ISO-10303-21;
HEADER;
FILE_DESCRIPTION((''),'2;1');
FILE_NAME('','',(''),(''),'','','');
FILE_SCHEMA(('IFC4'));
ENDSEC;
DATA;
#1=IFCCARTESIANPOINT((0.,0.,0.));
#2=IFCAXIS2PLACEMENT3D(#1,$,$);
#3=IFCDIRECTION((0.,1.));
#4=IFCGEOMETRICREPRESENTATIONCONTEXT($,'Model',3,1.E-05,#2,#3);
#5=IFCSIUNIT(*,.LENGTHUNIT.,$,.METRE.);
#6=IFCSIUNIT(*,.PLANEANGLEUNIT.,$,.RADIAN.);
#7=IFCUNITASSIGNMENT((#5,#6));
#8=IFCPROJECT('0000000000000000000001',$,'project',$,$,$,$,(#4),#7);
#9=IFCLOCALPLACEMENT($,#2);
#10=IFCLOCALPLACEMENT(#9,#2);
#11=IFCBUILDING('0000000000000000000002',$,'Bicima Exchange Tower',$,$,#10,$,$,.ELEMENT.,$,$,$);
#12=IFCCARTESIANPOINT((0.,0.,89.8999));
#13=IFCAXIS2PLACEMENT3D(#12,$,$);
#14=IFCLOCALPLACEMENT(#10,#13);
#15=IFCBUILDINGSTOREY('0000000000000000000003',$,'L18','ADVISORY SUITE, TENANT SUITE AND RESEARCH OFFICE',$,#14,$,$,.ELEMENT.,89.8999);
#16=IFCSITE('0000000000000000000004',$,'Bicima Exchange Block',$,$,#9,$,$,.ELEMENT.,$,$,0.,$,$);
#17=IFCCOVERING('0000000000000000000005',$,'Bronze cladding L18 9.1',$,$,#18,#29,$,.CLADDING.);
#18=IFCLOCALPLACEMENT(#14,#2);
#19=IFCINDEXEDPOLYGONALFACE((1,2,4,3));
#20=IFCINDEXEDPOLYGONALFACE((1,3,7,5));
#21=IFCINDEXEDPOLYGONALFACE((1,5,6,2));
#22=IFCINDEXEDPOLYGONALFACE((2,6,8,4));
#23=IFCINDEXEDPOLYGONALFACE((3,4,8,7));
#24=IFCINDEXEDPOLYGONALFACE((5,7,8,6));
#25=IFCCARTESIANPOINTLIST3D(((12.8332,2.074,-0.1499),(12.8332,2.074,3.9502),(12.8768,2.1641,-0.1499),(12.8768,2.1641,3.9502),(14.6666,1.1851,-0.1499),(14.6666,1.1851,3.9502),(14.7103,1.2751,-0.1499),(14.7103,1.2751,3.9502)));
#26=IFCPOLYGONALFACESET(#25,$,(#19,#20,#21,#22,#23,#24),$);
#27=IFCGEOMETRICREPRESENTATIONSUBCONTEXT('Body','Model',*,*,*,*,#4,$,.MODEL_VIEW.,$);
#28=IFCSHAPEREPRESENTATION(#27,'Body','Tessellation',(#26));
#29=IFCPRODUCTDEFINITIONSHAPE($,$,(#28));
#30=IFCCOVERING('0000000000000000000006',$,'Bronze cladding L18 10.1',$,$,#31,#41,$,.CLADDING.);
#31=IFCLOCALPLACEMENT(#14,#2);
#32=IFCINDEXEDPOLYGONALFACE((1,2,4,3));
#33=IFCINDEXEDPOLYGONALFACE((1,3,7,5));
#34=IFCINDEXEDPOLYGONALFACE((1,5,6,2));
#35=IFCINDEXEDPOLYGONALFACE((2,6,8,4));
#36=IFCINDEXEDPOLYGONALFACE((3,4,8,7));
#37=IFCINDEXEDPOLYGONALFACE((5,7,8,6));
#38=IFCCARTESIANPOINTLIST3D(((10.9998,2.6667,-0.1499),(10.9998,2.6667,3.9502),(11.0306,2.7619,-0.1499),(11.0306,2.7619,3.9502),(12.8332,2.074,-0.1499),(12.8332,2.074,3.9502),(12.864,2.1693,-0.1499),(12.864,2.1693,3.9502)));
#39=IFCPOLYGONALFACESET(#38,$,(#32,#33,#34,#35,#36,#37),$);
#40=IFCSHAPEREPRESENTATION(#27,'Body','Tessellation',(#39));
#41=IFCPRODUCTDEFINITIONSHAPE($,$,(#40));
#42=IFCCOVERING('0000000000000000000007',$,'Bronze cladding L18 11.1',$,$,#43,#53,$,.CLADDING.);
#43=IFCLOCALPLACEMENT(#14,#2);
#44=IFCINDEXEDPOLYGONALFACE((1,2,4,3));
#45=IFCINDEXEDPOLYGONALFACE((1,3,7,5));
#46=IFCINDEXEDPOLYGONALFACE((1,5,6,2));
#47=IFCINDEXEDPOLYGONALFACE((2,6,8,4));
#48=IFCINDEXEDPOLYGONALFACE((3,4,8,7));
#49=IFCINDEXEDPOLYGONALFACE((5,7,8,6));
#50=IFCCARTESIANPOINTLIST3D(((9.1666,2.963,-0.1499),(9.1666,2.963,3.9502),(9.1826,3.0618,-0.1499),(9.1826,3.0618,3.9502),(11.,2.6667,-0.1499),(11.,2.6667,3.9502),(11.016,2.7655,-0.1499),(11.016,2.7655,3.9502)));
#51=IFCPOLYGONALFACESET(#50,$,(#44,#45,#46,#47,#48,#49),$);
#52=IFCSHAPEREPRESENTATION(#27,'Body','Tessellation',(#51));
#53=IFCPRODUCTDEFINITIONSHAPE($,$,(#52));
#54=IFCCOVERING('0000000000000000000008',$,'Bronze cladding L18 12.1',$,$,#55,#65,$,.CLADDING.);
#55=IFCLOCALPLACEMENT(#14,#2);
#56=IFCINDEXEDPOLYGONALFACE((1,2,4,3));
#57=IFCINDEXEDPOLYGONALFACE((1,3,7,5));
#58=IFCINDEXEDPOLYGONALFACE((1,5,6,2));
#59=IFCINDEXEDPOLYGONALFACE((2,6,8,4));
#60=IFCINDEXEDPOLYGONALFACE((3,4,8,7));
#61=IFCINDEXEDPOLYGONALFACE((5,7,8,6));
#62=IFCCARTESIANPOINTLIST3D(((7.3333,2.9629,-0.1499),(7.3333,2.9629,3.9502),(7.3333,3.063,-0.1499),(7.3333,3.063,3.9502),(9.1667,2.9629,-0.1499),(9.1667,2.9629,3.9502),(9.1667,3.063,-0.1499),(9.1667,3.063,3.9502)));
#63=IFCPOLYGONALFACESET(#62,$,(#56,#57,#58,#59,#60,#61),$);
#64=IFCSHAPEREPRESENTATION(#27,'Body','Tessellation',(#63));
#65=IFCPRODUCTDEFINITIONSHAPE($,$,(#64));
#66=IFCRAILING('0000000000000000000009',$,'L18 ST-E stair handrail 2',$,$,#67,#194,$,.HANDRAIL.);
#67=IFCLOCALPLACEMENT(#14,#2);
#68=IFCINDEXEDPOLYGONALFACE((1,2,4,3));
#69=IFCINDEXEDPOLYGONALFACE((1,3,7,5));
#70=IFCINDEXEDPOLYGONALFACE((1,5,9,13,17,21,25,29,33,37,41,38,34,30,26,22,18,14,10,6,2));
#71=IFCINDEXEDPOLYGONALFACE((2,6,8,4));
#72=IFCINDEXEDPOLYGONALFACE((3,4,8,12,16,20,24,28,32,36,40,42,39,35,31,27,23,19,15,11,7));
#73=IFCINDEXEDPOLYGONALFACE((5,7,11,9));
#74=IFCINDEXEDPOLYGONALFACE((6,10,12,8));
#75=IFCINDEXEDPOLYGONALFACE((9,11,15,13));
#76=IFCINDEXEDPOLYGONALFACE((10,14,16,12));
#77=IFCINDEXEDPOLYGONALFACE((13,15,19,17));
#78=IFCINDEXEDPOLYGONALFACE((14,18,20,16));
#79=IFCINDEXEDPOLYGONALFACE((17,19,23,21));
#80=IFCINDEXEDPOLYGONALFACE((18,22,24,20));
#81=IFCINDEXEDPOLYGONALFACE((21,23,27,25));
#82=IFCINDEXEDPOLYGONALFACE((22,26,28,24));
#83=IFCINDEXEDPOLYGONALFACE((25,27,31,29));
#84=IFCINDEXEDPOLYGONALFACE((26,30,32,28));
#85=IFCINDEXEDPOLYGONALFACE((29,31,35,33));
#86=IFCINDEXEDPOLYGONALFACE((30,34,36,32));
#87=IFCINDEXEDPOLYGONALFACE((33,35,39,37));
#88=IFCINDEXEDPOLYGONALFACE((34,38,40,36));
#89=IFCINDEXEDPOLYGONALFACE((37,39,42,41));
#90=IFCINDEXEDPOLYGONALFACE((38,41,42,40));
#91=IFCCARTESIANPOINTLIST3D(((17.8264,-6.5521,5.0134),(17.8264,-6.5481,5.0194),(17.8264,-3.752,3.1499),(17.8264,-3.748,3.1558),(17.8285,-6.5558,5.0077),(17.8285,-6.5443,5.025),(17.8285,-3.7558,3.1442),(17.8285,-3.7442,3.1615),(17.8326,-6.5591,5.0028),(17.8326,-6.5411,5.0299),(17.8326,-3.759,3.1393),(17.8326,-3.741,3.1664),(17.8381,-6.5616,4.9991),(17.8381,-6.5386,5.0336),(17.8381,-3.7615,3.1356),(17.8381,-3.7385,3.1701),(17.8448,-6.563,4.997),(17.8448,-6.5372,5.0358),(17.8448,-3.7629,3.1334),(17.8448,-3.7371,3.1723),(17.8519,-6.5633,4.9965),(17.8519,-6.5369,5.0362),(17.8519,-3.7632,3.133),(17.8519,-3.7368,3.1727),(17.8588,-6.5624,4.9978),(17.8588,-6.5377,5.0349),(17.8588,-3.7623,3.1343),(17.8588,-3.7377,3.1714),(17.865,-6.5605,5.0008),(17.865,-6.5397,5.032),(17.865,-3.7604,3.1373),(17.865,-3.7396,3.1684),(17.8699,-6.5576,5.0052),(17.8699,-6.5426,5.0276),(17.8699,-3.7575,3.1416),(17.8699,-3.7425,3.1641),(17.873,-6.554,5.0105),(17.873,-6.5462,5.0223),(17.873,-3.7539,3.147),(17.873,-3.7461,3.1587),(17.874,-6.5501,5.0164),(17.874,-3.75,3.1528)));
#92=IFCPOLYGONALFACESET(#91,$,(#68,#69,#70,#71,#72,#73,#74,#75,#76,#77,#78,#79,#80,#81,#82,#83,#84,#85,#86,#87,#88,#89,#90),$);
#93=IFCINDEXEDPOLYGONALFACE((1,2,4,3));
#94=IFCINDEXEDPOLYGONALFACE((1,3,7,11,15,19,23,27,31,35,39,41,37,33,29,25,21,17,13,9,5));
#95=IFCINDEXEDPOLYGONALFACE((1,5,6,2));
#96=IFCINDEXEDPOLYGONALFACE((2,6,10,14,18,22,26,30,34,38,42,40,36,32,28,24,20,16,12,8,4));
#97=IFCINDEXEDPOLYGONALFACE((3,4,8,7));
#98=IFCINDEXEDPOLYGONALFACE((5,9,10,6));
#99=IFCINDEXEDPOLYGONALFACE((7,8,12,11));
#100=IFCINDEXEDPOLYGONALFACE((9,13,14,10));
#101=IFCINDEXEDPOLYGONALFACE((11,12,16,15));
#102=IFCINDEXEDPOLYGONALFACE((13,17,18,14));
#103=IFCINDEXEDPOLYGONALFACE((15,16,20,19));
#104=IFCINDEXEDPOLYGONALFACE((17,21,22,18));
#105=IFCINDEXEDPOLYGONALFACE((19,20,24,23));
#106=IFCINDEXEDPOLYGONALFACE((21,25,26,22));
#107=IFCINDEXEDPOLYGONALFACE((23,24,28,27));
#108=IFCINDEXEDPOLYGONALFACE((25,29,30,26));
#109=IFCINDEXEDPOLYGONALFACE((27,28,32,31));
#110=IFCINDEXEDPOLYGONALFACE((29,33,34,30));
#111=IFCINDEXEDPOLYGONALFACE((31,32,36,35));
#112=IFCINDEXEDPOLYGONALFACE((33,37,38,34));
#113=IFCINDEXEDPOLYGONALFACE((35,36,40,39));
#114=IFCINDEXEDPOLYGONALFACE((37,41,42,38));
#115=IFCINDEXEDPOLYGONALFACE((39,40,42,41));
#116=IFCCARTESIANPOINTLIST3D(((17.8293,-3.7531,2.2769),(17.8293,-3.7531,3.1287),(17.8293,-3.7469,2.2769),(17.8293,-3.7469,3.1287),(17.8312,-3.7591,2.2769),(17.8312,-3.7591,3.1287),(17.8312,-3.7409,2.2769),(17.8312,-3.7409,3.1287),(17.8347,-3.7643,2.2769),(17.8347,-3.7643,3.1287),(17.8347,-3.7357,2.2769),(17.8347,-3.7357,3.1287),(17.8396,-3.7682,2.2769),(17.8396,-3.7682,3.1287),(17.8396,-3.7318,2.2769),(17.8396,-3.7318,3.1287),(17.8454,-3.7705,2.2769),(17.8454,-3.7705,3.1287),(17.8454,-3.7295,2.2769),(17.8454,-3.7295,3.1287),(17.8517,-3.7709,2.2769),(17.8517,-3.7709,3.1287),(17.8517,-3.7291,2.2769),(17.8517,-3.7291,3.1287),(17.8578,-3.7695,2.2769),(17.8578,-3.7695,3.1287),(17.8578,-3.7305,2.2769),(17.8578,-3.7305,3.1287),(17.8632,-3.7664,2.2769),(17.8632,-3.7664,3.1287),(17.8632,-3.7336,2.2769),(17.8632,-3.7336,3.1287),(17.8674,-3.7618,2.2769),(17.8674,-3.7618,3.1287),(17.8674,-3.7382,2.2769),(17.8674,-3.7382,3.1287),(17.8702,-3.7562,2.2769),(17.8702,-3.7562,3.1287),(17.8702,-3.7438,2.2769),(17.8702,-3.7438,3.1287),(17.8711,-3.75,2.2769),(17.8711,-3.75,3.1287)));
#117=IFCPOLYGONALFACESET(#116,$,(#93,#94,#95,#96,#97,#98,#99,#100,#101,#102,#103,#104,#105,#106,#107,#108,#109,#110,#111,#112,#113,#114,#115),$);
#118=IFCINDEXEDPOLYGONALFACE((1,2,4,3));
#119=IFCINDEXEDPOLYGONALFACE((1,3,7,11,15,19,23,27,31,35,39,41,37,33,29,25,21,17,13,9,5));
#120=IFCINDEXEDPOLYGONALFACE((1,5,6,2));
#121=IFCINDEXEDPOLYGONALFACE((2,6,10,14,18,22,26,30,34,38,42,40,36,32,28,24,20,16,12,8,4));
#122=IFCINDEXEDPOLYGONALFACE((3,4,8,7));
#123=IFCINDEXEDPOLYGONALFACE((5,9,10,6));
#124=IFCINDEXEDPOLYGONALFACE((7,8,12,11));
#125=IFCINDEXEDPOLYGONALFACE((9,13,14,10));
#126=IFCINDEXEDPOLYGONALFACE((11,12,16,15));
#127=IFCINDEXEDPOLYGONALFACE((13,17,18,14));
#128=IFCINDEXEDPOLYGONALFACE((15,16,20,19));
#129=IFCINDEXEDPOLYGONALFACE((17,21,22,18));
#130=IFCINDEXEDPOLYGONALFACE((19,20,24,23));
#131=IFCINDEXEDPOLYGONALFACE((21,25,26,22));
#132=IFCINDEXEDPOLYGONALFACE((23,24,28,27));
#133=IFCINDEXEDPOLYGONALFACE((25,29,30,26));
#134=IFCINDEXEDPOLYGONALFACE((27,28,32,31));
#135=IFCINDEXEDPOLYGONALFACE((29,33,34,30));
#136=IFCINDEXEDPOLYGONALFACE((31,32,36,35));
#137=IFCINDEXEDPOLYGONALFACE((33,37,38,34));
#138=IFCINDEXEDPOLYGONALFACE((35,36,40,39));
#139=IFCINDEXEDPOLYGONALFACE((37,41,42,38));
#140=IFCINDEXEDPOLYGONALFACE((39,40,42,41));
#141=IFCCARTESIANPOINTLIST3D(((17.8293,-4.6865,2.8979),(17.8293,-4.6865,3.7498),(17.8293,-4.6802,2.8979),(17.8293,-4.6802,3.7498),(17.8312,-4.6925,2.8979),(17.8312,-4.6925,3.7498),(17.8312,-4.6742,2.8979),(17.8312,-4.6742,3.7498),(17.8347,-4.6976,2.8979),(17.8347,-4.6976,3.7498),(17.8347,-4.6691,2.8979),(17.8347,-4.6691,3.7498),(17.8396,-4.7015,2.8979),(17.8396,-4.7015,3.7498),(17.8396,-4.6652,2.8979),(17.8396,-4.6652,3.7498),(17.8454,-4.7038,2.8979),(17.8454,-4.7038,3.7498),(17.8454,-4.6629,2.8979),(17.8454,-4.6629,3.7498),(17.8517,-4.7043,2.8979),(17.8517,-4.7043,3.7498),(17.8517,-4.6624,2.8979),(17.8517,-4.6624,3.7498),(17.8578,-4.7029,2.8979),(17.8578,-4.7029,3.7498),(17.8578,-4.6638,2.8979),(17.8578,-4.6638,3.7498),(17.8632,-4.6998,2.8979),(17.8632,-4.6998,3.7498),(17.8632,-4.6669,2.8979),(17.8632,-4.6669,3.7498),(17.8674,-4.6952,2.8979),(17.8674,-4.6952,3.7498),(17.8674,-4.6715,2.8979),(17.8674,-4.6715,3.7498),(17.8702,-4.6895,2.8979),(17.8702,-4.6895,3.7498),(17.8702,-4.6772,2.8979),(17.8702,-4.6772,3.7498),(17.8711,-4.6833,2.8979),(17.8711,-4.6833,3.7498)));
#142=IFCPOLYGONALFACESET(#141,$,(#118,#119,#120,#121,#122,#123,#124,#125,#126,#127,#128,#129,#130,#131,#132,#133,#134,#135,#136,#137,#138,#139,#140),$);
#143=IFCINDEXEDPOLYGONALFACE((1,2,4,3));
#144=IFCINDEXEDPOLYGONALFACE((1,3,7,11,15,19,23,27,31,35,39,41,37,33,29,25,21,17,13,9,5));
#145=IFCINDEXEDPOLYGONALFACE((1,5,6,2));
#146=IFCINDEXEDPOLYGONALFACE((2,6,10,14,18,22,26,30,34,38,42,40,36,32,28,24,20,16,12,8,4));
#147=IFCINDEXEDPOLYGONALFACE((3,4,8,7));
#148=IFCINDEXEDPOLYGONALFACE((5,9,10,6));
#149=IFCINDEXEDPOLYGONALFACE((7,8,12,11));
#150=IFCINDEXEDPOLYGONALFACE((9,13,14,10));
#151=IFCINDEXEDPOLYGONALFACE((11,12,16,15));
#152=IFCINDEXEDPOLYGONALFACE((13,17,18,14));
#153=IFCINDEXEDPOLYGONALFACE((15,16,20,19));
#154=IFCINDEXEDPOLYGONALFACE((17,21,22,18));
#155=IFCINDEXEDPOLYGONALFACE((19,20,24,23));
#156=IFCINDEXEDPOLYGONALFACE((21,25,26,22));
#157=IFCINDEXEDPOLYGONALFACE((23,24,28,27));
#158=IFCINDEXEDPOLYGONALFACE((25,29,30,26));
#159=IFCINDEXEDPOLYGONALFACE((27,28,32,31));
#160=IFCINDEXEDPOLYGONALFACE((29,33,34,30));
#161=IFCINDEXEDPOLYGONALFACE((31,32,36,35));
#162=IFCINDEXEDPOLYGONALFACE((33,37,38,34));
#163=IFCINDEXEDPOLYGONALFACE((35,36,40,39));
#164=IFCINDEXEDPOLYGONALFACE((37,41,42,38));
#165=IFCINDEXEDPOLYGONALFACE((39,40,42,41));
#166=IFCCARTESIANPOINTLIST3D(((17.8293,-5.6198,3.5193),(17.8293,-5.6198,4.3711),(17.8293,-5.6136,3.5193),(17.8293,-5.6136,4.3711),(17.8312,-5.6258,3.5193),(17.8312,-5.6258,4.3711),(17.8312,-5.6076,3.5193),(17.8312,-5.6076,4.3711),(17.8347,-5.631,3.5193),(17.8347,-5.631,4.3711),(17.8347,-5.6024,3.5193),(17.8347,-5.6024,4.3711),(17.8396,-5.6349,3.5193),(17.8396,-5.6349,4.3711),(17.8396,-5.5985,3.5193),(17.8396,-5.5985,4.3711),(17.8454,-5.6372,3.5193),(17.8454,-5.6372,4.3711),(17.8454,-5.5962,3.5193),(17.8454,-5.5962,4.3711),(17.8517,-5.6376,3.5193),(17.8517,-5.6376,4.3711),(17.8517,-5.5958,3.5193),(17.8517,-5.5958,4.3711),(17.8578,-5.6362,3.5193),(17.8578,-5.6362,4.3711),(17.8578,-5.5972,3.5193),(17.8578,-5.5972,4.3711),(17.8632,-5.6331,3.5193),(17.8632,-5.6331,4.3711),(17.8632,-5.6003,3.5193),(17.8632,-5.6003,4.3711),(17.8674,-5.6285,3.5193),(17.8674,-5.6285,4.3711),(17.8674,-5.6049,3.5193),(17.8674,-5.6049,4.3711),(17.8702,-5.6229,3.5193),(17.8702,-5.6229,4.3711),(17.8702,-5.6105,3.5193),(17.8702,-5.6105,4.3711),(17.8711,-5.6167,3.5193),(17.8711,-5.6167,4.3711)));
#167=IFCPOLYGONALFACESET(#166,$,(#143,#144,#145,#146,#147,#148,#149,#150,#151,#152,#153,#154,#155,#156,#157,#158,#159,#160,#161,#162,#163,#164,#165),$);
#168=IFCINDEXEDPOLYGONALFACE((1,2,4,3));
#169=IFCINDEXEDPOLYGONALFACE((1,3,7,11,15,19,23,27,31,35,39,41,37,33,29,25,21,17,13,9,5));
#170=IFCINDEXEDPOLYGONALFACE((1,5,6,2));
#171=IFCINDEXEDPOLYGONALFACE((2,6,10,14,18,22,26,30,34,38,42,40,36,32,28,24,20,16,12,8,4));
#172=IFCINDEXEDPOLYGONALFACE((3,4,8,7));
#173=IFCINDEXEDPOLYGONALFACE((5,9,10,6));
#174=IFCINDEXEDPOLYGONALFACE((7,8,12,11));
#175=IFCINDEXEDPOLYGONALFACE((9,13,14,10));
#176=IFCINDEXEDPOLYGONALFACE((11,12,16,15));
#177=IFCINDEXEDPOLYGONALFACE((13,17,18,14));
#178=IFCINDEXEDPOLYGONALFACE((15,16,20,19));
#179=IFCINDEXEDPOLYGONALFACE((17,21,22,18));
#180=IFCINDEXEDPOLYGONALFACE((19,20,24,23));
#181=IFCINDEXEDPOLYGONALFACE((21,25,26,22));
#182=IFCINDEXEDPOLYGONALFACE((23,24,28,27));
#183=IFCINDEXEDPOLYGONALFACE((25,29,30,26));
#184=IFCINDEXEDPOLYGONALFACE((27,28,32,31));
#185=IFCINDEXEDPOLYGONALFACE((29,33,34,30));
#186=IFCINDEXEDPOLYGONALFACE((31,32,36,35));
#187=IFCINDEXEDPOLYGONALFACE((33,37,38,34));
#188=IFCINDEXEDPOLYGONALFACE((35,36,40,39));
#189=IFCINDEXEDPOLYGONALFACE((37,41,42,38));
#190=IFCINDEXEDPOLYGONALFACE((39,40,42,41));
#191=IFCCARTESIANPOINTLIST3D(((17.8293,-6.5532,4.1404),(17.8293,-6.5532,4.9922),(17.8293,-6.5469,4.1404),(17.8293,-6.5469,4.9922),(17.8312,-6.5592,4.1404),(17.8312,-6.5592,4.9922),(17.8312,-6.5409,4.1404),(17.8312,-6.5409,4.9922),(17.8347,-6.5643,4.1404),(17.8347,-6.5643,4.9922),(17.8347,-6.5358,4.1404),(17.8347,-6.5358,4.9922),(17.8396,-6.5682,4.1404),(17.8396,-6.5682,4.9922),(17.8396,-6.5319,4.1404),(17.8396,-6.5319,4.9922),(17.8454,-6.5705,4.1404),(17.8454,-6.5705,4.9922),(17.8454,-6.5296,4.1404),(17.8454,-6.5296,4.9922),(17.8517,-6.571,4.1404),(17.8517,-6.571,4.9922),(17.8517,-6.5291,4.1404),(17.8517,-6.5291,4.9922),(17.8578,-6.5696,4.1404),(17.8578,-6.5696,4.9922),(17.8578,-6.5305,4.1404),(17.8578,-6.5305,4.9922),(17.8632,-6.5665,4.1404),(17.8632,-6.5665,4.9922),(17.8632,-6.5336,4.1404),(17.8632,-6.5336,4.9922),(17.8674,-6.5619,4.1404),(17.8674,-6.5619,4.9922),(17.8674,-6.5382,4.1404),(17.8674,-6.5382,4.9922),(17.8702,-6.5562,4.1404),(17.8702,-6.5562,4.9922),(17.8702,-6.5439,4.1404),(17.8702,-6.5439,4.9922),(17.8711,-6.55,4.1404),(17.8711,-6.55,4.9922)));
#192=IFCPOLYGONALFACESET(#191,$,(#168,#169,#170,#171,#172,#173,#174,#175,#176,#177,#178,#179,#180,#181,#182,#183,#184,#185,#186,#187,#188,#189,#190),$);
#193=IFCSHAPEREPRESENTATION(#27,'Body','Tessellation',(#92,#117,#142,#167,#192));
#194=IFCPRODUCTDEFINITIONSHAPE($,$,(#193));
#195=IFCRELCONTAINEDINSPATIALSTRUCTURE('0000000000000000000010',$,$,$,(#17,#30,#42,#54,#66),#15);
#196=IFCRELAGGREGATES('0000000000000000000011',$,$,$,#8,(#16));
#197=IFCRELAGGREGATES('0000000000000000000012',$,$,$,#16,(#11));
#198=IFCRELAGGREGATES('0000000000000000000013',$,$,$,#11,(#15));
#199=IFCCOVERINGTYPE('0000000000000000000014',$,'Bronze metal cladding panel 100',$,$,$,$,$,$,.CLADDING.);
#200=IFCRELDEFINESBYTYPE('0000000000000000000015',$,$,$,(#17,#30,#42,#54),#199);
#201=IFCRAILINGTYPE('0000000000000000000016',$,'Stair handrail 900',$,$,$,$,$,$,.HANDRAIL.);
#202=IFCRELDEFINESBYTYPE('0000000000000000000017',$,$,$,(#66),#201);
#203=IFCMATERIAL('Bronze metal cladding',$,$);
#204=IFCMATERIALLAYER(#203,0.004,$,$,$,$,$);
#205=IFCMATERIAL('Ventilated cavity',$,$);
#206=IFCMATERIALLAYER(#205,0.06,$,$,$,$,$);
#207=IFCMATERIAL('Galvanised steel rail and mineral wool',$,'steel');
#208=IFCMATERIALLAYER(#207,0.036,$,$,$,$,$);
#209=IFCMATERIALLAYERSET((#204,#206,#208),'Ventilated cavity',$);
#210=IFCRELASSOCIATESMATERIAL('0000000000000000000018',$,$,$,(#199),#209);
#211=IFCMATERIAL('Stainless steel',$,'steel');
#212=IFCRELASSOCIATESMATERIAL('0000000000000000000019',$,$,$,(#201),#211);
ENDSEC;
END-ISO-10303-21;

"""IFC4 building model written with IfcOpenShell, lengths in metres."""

from ifc_helpers import new_model, si_unit, direction, frame, origin, origin_2d, place, context, subcontext, project, spatial, rectangle, circle, extrude, material, layer, layer_set, type_object, element, save


model = new_model("IFC4")

# Units and contexts
model_context = context("Model", 3, precision=1e-05, world=origin(), true_north=direction((0.0, 1.0)))
body_context = subcontext(model_context, "Body", "Model", "MODEL_VIEW")
ifc_project = project(units=[si_unit("LENGTHUNIT", "METRE"), si_unit("PLANEANGLEUNIT", "RADIAN")], contexts=[model_context])

# Site, building, storey
site_placement = place(None, origin())
site = spatial("IfcSite", under=ifc_project, at=site_placement, Name="Bicima Exchange Block", CompositionType="ELEMENT", RefElevation=0.0)
building_placement = place(site_placement, origin())
building = spatial("IfcBuilding", under=site, at=building_placement, Name="Bicima Exchange Tower", CompositionType="ELEMENT")
storey_placement = place(building_placement, frame((0.0, 0.0, 89.8999)))
storey = spatial("IfcBuildingStorey", under=building, at=storey_placement, Name="L18", Description="ADVISORY SUITE, TENANT SUITE AND RESEARCH OFFICE", CompositionType="ELEMENT", Elevation=89.8999)

# Coverings
ifc_material_1 = material(Name="Bronze metal cladding")
ifc_layer_1 = layer(ifc_material_1, 0.004)
ifc_material_2 = material(Name="Ventilated cavity")
ifc_layer_2 = layer(ifc_material_2, 0.06)
ifc_material_3 = material(Name="Galvanised steel rail and mineral wool", Category="steel")
ifc_layer_3 = layer(ifc_material_3, 0.036)
ifc_layer_set_1 = layer_set([ifc_layer_1, ifc_layer_2, ifc_layer_3], Name="Ventilated cavity")
covering_type = type_object("IfcCoveringType", Name="Bronze metal cladding panel 100", PredefinedType="CLADDING", material=ifc_layer_set_1)
covering_1_placement = place(storey_placement, frame((13.7717, 1.6746, -0.1499), z_axis=(0.0, 0.0, 1.0), x_axis=(-0.899818, 0.436265, 0.0)))
element("IfcCovering", 1, at=covering_1_placement, inside=storey, type_object=covering_type, Name="Bronze cladding L18 9.1", PredefinedType="CLADDING", context=body_context, shape_type="SweptSolid", body=[
    extrude(rectangle(XDim=2.0376, YDim=0.1001, at=origin_2d()), origin(), (0.0, 0.0, 1.0), 4.1001),
])
covering_2_placement = place(storey_placement, frame((11.9319, 2.418, -0.1499), z_axis=(0.0, 0.0, 1.0), x_axis=(-0.951525, 0.307573, 0.0)))
element("IfcCovering", 2, at=covering_2_placement, inside=storey, type_object=covering_type, Name="Bronze cladding L18 10.1", PredefinedType="CLADDING", context=body_context, shape_type="SweptSolid", body=[
    extrude(rectangle(XDim=1.9268, YDim=0.1001, at=origin_2d()), origin(), (0.0, 0.0, 1.0), 4.1001),
])
covering_3_placement = place(storey_placement, frame((10.0913, 2.8643, -0.1499), z_axis=(0.0, 0.0, 1.0), x_axis=(-0.98719, 0.15955, 0.0)))
element("IfcCovering", 3, at=covering_3_placement, inside=storey, type_object=covering_type, Name="Bronze cladding L18 11.1", PredefinedType="CLADDING", context=body_context, shape_type="SweptSolid", body=[
    extrude(rectangle(XDim=1.8572, YDim=0.1001, at=origin_2d()), origin(), (0.0, 0.0, 1.0), 4.1001),
])
covering_4_placement = place(storey_placement, frame((8.25, 3.0129, -0.1499), z_axis=(0.0, 0.0, 1.0), x_axis=(-1.0, 0.0, 0.0)))
element("IfcCovering", 4, at=covering_4_placement, inside=storey, type_object=covering_type, Name="Bronze cladding L18 12.1", PredefinedType="CLADDING", context=body_context, shape_type="SweptSolid", body=[
    extrude(rectangle(XDim=1.8335, YDim=0.1001, at=origin_2d()), origin(), (0.0, 0.0, 1.0), 4.1001),
])

# Railing
ifc_material_4 = material(Name="Stainless steel", Category="steel")
railing_type = type_object("IfcRailingType", Name="Stair handrail 900", PredefinedType="HANDRAIL", material=ifc_material_4)
railing_placement = place(storey_placement, frame((17.8501, -3.75, 2.2769)))
element("IfcRailing", 5, at=railing_placement, inside=storey, type_object=railing_type, Name="L18 ST-E stair handrail 2", PredefinedType="HANDRAIL", context=body_context, shape_type="SweptSolid", body=[
    extrude(circle(Radius=0.0239, at=origin_2d()), frame((0.0, 0.0, 0.876), z_axis=(0.0, -0.832486, 0.554047), x_axis=(1.0, 0.0, 0.0)), (0.0, 0.0, 1.0), 3.3635),
    extrude(circle(Radius=0.021, at=origin_2d()), origin(), (0.0, 0.0, 1.0), 0.8518),
    extrude(circle(Radius=0.021, at=origin_2d()), frame((0.0, -0.9333, 0.6211)), (0.0, 0.0, 1.0), 0.8518),
    extrude(circle(Radius=0.021, at=origin_2d()), frame((0.0, -1.8667, 1.2424)), (0.0, 0.0, 1.0), 0.8518),
    extrude(circle(Radius=0.021, at=origin_2d()), frame((0.0, -2.8, 1.8635)), (0.0, 0.0, 1.0), 0.8518),
])

save(model, "model.ifc")
